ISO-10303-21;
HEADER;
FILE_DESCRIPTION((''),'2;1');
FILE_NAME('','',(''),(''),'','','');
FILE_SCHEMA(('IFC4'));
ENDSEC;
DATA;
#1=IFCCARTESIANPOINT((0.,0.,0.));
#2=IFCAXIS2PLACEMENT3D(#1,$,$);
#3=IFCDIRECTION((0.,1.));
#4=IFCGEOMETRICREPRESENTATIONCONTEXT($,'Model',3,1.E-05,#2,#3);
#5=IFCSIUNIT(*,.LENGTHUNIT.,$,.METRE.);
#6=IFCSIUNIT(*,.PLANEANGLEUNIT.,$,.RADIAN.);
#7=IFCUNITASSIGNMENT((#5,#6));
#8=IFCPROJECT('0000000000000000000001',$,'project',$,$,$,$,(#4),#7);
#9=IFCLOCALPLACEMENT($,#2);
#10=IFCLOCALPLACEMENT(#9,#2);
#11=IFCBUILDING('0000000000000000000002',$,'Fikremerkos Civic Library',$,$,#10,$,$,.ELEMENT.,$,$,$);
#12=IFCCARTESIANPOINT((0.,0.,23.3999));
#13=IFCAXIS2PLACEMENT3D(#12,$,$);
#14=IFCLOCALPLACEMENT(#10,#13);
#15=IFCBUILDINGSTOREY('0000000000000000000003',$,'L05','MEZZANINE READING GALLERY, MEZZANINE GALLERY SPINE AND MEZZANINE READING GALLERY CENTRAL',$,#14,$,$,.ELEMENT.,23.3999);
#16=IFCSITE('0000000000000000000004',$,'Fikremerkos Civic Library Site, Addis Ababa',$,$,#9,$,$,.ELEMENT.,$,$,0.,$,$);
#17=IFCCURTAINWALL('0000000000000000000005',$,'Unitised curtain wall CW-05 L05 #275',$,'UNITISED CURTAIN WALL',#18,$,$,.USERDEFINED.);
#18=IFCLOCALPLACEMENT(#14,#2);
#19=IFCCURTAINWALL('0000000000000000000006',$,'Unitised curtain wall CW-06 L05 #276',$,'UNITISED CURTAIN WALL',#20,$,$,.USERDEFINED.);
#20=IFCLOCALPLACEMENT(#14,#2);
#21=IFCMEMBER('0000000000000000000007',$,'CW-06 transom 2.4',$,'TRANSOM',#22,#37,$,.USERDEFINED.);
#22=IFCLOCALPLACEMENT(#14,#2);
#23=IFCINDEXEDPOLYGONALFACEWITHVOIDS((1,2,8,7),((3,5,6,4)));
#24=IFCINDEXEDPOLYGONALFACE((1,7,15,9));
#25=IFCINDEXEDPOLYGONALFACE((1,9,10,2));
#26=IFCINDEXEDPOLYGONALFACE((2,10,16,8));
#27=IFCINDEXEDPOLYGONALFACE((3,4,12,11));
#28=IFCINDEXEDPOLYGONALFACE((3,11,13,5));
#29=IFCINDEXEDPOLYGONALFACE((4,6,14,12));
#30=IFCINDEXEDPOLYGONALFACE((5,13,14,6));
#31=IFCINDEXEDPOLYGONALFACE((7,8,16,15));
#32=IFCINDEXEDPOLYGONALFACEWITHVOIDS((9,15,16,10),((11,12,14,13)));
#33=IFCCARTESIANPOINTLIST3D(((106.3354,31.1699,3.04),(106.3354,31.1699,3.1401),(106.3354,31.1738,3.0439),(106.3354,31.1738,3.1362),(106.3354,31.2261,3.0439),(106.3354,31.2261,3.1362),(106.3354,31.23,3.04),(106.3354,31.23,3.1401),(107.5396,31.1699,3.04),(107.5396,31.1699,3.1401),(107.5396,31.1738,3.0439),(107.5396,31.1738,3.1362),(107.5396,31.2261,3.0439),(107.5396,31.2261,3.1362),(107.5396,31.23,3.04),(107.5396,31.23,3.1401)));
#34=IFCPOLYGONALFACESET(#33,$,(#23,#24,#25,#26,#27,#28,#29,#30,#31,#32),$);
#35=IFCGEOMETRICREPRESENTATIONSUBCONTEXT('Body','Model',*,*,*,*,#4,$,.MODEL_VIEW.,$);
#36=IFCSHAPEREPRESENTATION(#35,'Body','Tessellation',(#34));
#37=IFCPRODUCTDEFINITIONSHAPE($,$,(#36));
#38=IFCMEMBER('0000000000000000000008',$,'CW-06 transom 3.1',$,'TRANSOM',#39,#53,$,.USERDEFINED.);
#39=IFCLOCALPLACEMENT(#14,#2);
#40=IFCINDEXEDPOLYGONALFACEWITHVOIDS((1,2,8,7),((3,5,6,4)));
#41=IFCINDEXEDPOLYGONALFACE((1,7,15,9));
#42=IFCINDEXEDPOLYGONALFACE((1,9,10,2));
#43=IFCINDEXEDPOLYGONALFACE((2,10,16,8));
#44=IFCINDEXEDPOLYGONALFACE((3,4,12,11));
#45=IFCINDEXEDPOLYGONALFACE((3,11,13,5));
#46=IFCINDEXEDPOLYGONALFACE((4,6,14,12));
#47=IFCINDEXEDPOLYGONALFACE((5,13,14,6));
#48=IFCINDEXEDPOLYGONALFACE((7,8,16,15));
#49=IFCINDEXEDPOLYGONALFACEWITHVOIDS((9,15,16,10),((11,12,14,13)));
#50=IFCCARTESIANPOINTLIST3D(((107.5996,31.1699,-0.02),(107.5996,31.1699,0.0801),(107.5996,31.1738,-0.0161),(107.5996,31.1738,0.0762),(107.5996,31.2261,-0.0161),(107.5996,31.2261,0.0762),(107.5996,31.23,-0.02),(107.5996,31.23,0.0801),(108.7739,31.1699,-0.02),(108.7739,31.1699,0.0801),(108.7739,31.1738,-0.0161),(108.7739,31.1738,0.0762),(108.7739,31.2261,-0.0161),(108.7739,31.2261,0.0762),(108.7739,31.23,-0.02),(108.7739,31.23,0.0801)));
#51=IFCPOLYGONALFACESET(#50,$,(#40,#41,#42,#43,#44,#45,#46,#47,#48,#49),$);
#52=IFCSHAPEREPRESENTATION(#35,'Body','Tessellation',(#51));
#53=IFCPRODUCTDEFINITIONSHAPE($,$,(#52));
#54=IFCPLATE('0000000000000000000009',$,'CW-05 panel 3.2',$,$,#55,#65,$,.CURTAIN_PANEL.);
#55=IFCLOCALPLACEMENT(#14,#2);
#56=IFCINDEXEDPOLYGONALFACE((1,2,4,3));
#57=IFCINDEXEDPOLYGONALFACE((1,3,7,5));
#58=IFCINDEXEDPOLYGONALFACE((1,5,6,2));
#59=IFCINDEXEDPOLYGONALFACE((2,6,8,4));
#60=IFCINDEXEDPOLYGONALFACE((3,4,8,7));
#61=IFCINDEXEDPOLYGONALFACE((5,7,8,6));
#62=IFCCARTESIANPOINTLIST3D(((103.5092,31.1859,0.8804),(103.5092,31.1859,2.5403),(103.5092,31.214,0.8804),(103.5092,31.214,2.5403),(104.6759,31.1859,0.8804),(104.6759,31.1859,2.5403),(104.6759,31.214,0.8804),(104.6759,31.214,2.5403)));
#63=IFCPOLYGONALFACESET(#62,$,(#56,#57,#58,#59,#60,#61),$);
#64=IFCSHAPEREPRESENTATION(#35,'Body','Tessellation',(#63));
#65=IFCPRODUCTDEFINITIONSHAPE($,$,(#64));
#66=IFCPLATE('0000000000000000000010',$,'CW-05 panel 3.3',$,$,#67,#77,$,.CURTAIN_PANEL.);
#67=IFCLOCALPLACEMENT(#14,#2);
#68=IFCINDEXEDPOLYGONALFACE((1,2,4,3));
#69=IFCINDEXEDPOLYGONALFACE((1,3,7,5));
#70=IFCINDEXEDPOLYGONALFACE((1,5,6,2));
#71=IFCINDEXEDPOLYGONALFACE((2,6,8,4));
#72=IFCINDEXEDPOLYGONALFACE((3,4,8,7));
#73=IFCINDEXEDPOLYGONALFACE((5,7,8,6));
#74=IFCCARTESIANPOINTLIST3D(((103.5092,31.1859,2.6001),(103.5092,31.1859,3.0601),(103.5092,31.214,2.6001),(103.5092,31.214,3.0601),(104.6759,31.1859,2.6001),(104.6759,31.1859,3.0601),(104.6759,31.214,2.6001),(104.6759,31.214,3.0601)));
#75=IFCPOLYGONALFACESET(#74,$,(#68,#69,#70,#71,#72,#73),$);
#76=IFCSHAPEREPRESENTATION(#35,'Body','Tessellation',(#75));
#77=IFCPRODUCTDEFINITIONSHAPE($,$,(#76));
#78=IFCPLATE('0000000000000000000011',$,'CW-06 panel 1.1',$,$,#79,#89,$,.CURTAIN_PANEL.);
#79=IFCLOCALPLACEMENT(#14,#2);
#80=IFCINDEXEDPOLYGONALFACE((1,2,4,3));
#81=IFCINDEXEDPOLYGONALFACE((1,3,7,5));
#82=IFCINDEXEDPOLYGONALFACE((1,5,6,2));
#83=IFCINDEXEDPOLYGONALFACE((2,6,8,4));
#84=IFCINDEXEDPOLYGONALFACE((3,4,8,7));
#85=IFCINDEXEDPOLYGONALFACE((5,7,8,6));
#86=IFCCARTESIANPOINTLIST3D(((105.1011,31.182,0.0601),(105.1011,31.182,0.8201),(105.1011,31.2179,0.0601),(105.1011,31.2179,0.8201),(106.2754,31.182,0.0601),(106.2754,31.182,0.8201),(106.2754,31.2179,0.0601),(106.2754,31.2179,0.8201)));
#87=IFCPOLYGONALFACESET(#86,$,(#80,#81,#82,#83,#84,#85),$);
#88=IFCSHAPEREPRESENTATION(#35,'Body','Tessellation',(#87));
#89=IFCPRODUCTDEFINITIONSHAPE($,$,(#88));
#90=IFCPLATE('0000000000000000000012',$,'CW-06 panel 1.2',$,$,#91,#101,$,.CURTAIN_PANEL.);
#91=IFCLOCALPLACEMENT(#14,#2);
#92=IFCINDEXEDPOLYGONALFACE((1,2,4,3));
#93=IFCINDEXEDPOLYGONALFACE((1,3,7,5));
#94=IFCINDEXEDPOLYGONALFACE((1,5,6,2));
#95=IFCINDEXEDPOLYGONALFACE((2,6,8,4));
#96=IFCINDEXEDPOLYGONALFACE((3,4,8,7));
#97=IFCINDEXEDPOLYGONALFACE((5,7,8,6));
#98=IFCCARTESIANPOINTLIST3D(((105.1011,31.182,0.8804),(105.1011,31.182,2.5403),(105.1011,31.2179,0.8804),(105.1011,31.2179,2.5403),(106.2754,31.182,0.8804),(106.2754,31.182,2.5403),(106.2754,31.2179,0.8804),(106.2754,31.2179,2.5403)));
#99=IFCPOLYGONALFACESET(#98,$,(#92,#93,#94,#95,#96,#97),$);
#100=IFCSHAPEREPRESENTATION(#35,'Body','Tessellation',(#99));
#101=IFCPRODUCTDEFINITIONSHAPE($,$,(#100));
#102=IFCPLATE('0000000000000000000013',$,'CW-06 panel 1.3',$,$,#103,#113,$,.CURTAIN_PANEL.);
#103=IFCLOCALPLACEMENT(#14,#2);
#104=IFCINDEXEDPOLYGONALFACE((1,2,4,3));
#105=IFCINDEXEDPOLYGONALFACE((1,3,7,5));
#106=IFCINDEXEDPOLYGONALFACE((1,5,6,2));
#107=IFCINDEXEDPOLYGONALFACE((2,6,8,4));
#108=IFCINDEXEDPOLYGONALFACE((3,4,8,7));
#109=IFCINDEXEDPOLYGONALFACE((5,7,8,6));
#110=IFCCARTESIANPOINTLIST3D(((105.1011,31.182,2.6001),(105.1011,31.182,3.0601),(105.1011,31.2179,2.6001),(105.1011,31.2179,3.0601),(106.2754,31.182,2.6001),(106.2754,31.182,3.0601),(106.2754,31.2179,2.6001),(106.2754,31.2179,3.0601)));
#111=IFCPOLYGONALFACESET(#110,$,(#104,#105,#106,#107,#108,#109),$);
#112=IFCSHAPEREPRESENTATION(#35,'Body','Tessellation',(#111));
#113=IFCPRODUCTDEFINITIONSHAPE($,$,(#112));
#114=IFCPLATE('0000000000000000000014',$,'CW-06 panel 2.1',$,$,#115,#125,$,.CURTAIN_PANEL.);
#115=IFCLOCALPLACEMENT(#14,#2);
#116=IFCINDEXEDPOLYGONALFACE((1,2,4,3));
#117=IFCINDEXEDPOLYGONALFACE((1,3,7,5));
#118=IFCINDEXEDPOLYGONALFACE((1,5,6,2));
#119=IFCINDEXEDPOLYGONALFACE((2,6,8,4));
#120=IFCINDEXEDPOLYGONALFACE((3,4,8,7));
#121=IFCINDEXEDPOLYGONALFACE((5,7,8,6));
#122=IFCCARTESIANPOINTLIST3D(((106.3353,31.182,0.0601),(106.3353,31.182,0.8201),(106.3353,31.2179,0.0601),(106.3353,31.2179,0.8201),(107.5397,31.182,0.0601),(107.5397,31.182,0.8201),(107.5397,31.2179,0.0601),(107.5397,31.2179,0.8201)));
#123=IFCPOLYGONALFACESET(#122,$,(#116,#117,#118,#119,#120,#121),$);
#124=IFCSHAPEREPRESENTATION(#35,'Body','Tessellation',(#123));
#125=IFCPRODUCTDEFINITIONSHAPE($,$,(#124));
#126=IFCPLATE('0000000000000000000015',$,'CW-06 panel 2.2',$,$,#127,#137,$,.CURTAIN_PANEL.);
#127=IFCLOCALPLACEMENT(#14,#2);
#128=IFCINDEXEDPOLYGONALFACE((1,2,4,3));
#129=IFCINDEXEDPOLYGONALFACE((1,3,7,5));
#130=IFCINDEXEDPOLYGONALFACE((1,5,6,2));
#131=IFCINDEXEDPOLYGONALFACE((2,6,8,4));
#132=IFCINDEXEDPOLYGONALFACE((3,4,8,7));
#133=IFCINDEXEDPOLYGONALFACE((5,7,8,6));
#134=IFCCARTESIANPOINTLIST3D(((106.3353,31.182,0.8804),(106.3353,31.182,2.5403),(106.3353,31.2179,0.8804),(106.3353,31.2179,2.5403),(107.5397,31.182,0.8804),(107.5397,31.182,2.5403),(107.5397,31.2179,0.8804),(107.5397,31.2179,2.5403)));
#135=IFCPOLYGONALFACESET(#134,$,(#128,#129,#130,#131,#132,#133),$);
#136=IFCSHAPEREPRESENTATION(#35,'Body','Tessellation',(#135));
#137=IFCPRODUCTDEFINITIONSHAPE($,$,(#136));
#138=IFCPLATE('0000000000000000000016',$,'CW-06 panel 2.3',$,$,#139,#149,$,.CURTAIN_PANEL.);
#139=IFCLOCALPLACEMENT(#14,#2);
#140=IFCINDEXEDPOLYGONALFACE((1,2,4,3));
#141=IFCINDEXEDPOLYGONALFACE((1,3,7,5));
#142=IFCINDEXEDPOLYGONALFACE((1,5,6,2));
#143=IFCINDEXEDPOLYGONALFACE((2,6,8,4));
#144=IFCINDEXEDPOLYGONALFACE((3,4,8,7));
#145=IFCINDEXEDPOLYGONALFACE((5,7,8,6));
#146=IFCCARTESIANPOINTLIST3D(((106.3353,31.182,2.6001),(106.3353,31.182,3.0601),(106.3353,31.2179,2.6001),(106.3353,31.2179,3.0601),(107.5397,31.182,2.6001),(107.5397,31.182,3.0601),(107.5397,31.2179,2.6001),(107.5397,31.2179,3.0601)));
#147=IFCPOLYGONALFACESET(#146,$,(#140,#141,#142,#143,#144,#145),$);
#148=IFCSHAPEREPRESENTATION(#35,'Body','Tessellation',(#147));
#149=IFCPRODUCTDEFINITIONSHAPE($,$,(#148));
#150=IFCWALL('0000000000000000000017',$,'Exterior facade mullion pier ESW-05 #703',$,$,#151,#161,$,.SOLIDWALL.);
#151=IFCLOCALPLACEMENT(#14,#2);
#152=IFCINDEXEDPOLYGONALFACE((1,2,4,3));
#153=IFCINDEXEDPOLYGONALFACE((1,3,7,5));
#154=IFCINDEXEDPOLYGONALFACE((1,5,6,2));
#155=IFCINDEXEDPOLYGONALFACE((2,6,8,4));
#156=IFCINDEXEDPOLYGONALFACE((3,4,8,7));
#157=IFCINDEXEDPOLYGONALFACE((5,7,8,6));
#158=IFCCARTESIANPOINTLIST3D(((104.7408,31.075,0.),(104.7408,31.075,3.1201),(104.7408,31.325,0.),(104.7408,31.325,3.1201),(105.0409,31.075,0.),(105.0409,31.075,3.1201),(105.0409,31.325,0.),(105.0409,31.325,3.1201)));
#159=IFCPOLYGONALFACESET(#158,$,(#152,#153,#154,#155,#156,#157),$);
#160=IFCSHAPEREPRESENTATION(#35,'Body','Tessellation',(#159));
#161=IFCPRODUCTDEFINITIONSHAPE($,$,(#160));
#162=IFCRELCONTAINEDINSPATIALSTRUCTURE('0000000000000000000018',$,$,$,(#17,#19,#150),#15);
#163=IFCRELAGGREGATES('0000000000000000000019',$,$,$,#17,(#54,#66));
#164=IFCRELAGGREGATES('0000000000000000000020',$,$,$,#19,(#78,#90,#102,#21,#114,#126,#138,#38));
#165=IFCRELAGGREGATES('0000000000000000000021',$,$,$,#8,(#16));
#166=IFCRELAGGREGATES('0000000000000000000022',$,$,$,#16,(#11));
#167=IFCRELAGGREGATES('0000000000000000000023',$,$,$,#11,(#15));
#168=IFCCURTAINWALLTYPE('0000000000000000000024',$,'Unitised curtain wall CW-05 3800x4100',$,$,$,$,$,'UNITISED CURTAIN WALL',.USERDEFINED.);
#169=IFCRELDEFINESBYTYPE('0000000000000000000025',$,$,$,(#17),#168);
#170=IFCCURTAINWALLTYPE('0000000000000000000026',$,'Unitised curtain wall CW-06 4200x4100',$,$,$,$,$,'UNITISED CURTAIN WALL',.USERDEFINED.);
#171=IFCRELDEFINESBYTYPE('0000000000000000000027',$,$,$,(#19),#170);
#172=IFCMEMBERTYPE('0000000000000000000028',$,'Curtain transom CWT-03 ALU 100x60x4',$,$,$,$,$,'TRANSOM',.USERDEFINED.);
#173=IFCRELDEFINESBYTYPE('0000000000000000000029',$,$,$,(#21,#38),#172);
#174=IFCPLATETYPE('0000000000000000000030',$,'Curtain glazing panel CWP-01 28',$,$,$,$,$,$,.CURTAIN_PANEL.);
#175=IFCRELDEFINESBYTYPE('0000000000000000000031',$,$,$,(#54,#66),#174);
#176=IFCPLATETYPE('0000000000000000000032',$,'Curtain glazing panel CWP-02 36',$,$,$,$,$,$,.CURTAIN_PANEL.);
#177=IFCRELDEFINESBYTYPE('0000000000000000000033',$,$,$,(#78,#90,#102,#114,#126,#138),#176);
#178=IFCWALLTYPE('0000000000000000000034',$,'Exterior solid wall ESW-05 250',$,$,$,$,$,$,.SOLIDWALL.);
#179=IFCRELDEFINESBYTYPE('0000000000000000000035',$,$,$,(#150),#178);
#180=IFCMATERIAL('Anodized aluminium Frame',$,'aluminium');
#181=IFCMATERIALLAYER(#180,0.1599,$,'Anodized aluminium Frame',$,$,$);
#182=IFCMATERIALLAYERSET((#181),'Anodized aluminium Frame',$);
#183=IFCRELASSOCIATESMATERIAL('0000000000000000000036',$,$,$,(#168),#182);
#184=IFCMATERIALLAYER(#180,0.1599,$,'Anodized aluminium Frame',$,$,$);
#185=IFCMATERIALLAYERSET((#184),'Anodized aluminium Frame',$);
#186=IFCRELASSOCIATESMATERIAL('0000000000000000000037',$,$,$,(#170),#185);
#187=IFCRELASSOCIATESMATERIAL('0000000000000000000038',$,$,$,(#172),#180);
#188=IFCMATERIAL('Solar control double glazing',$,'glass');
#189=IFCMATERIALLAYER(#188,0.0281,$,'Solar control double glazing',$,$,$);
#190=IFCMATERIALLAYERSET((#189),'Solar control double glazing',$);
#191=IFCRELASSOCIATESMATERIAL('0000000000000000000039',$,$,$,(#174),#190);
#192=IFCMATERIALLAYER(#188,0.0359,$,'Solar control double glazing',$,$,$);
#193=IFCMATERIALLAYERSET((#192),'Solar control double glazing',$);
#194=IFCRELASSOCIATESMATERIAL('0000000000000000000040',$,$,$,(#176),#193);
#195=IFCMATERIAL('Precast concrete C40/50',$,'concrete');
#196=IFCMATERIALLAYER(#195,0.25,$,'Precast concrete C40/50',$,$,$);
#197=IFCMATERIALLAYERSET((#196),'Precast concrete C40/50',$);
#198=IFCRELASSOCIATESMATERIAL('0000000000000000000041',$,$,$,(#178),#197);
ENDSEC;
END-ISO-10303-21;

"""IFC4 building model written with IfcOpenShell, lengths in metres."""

from ifc_helpers import new_model, si_unit, direction, frame, frame_2d, origin, origin_2d, place, context, subcontext, project, spatial, rectangle, hollow_rectangle, extrude, material, layer, layer_set, material_profile, profile_set, type_object, element, aggregate, save


model = new_model("IFC4")

# Units and contexts
model_context = context("Model", 3, precision=1e-05, world=origin(), true_north=direction((0.0, 1.0)))
body_context = subcontext(model_context, "Body", "Model", "MODEL_VIEW")
ifc_project = project(units=[si_unit("LENGTHUNIT", "METRE"), si_unit("PLANEANGLEUNIT", "RADIAN")], contexts=[model_context])

# Site, building, storey
site_placement = place(None, origin())
site = spatial("IfcSite", under=ifc_project, at=site_placement, Name="Fikremerkos Civic Library Site, Addis Ababa", CompositionType="ELEMENT", RefElevation=0.0)
building_placement = place(site_placement, origin())
building = spatial("IfcBuilding", under=site, at=building_placement, Name="Fikremerkos Civic Library", CompositionType="ELEMENT")
storey_placement = place(building_placement, frame((0.0, 0.0, 23.3999)))
storey = spatial("IfcBuildingStorey", under=building, at=storey_placement, Name="L05", Description="MEZZANINE READING GALLERY, MEZZANINE GALLERY SPINE AND MEZZANINE READING GALLERY CENTRAL", CompositionType="ELEMENT", Elevation=23.3999)

# Curtain wall
ifc_material_1 = material(Name="Anodized aluminium Frame", Category="aluminium")
ifc_layer_1 = layer(ifc_material_1, 0.1599, Name="Anodized aluminium Frame")
ifc_layer_set_1 = layer_set([ifc_layer_1], Name="Anodized aluminium Frame")
curtain_wall_type_1 = type_object("IfcCurtainWallType", Name="Unitised curtain wall CW-05 3800x4100", ElementType="UNITISED CURTAIN WALL", PredefinedType="USERDEFINED", material=ifc_layer_set_1)
curtain_wall_1_placement = place(storey_placement, origin())
curtain_wall_1 = element("IfcCurtainWall", 1, at=curtain_wall_1_placement, inside=storey, type_object=curtain_wall_type_1, Name="Unitised curtain wall CW-05 L05 #275", ObjectType="UNITISED CURTAIN WALL", PredefinedType="USERDEFINED")

# Curtain wall, members
ifc_layer_2 = layer(ifc_material_1, 0.1599, Name="Anodized aluminium Frame")
ifc_layer_set_2 = layer_set([ifc_layer_2], Name="Anodized aluminium Frame")
curtain_wall_type_2 = type_object("IfcCurtainWallType", Name="Unitised curtain wall CW-06 4200x4100", ElementType="UNITISED CURTAIN WALL", PredefinedType="USERDEFINED", material=ifc_layer_set_2)
curtain_wall_2_placement = place(storey_placement, origin())
curtain_wall_2 = element("IfcCurtainWall", 2, at=curtain_wall_2_placement, inside=storey, type_object=curtain_wall_type_2, Name="Unitised curtain wall CW-06 L05 #276", ObjectType="UNITISED CURTAIN WALL", PredefinedType="USERDEFINED")
ifc_material_profile_1 = material_profile(ifc_material_1, hollow_rectangle(XDim=0.0601, YDim=0.1001, WallThickness=0.0039, at=origin_2d()), Name="ALU 100x60x4")
ifc_profile_set_1 = profile_set([ifc_material_profile_1], Name="Anodized aluminium Frame")
member_type_1 = type_object("IfcMemberType", Name="Curtain transom CWT-03 ALU 100x60x4", ElementType="TRANSOM", PredefinedType="USERDEFINED", material=ifc_profile_set_1)
member_1_placement = place(storey_placement, frame((106.3354, 31.2, 3.0901), z_axis=(1.0, 0.0, 0.0), x_axis=(0.0, 1.0, 0.0)))
member_1 = element("IfcMember", 3, at=member_1_placement, type_object=member_type_1, Name="CW-06 transom 2.4", ObjectType="TRANSOM", PredefinedType="USERDEFINED", context=body_context, shape_type="SweptSolid", body=[
    extrude(hollow_rectangle(XDim=0.0601, YDim=0.1001, WallThickness=0.0039, at=origin_2d()), origin(), (0.0, 0.0, 1.0), 1.2041),
])
member_2_placement = place(storey_placement, frame((107.5996, 31.2, 0.03), z_axis=(1.0, 0.0, 0.0), x_axis=(0.0, 1.0, 0.0)))
member_2 = element("IfcMember", 4, at=member_2_placement, type_object=member_type_1, Name="CW-06 transom 3.1", ObjectType="TRANSOM", PredefinedType="USERDEFINED", context=body_context, shape_type="SweptSolid", body=[
    extrude(hollow_rectangle(XDim=0.0601, YDim=0.1001, WallThickness=0.0039, at=origin_2d()), origin(), (0.0, 0.0, 1.0), 1.1743),
])

# Plates
ifc_material_2 = material(Name="Solar control double glazing", Category="glass")
ifc_layer_3 = layer(ifc_material_2, 0.0281, Name="Solar control double glazing")
ifc_layer_set_3 = layer_set([ifc_layer_3], Name="Solar control double glazing")
plate_type_1 = type_object("IfcPlateType", Name="Curtain glazing panel CWP-01 28", PredefinedType="CURTAIN_PANEL", material=ifc_layer_set_3)
plate_1_placement = place(storey_placement, frame((104.0925, 31.2, 0.8804), z_axis=(0.0, 0.0, 1.0), x_axis=(1.0, 0.0, 0.0)))
plate_1 = element("IfcPlate", 5, at=plate_1_placement, type_object=plate_type_1, Name="CW-05 panel 3.2", PredefinedType="CURTAIN_PANEL", context=body_context, shape_type="SweptSolid", body=[
    extrude(rectangle(XDim=1.1667, YDim=0.0281, at=origin_2d()), origin(), (0.0, 0.0, 1.0), 1.6599),
])
plate_2_placement = place(storey_placement, frame((104.0925, 31.2, 2.6001), z_axis=(0.0, 0.0, 1.0), x_axis=(1.0, 0.0, 0.0)))
plate_2 = element("IfcPlate", 6, at=plate_2_placement, type_object=plate_type_1, Name="CW-05 panel 3.3", PredefinedType="CURTAIN_PANEL", context=body_context, shape_type="SweptSolid", body=[
    extrude(rectangle(XDim=1.1667, YDim=0.0281, at=origin_2d()), origin(), (0.0, 0.0, 1.0), 0.46),
])
aggregate(curtain_wall_1, [plate_1, plate_2])
ifc_layer_4 = layer(ifc_material_2, 0.0359, Name="Solar control double glazing")
ifc_layer_set_4 = layer_set([ifc_layer_4], Name="Solar control double glazing")
plate_type_2 = type_object("IfcPlateType", Name="Curtain glazing panel CWP-02 36", PredefinedType="CURTAIN_PANEL", material=ifc_layer_set_4)
plate_3_placement = place(storey_placement, frame((105.6882, 31.2, 0.0601), z_axis=(0.0, 0.0, 1.0), x_axis=(1.0, 0.0, 0.0)))
plate_3 = element("IfcPlate", 7, at=plate_3_placement, type_object=plate_type_2, Name="CW-06 panel 1.1", PredefinedType="CURTAIN_PANEL", context=body_context, shape_type="SweptSolid", body=[
    extrude(rectangle(XDim=1.1743, YDim=0.0359, at=origin_2d()), origin(), (0.0, 0.0, 1.0), 0.76),
])
plate_4_placement = place(storey_placement, frame((105.6882, 31.2, 0.8804), z_axis=(0.0, 0.0, 1.0), x_axis=(1.0, 0.0, 0.0)))
plate_4 = element("IfcPlate", 8, at=plate_4_placement, type_object=plate_type_2, Name="CW-06 panel 1.2", PredefinedType="CURTAIN_PANEL", context=body_context, shape_type="SweptSolid", body=[
    extrude(rectangle(XDim=1.1743, YDim=0.0359, at=origin_2d()), origin(), (0.0, 0.0, 1.0), 1.6599),
])
plate_5_placement = place(storey_placement, frame((105.6882, 31.2, 2.6001), z_axis=(0.0, 0.0, 1.0), x_axis=(1.0, 0.0, 0.0)))
plate_5 = element("IfcPlate", 9, at=plate_5_placement, type_object=plate_type_2, Name="CW-06 panel 1.3", PredefinedType="CURTAIN_PANEL", context=body_context, shape_type="SweptSolid", body=[
    extrude(rectangle(XDim=1.1743, YDim=0.0359, at=origin_2d()), origin(), (0.0, 0.0, 1.0), 0.46),
])
plate_6_placement = place(storey_placement, frame((106.9375, 31.2, 0.0601), z_axis=(0.0, 0.0, 1.0), x_axis=(1.0, 0.0, 0.0)))
plate_6 = element("IfcPlate", 10, at=plate_6_placement, type_object=plate_type_2, Name="CW-06 panel 2.1", PredefinedType="CURTAIN_PANEL", context=body_context, shape_type="SweptSolid", body=[
    extrude(rectangle(XDim=1.2043, YDim=0.0359, at=origin_2d()), origin(), (0.0, 0.0, 1.0), 0.76),
])
plate_7_placement = place(storey_placement, frame((106.9375, 31.2, 0.8804), z_axis=(0.0, 0.0, 1.0), x_axis=(1.0, 0.0, 0.0)))
plate_7 = element("IfcPlate", 11, at=plate_7_placement, type_object=plate_type_2, Name="CW-06 panel 2.2", PredefinedType="CURTAIN_PANEL", context=body_context, shape_type="SweptSolid", body=[
    extrude(rectangle(XDim=1.2043, YDim=0.0359, at=origin_2d()), origin(), (0.0, 0.0, 1.0), 1.6599),
])
plate_8_placement = place(storey_placement, frame((106.9375, 31.2, 2.6001), z_axis=(0.0, 0.0, 1.0), x_axis=(1.0, 0.0, 0.0)))
plate_8 = element("IfcPlate", 12, at=plate_8_placement, type_object=plate_type_2, Name="CW-06 panel 2.3", PredefinedType="CURTAIN_PANEL", context=body_context, shape_type="SweptSolid", body=[
    extrude(rectangle(XDim=1.2043, YDim=0.0359, at=origin_2d()), origin(), (0.0, 0.0, 1.0), 0.46),
])
aggregate(curtain_wall_2, [plate_3, plate_4, plate_5, member_1, plate_6, plate_7, plate_8, member_2])

# Wall
ifc_material_3 = material(Name="Precast concrete C40/50", Category="concrete")
ifc_layer_5 = layer(ifc_material_3, 0.25, Name="Precast concrete C40/50")
ifc_layer_set_5 = layer_set([ifc_layer_5], Name="Precast concrete C40/50")
wall_type = type_object("IfcWallType", Name="Exterior solid wall ESW-05 250", PredefinedType="SOLIDWALL", material=ifc_layer_set_5)
wall_placement = place(storey_placement, frame((104.741, 31.2, 0.0), z_axis=(0.0, 0.0, 1.0), x_axis=(1.0, 0.0, 0.0)))
element("IfcWall", 13, at=wall_placement, inside=storey, type_object=wall_type, Name="Exterior facade mullion pier ESW-05 #703", PredefinedType="SOLIDWALL", context=body_context, shape_type="SweptSolid", body=[
    extrude(rectangle(XDim=0.3, YDim=0.25, at=frame_2d((0.1499, 0.0))), origin(), (0.0, 0.0, 1.0), 3.1201),
])

save(model, "model.ifc")
